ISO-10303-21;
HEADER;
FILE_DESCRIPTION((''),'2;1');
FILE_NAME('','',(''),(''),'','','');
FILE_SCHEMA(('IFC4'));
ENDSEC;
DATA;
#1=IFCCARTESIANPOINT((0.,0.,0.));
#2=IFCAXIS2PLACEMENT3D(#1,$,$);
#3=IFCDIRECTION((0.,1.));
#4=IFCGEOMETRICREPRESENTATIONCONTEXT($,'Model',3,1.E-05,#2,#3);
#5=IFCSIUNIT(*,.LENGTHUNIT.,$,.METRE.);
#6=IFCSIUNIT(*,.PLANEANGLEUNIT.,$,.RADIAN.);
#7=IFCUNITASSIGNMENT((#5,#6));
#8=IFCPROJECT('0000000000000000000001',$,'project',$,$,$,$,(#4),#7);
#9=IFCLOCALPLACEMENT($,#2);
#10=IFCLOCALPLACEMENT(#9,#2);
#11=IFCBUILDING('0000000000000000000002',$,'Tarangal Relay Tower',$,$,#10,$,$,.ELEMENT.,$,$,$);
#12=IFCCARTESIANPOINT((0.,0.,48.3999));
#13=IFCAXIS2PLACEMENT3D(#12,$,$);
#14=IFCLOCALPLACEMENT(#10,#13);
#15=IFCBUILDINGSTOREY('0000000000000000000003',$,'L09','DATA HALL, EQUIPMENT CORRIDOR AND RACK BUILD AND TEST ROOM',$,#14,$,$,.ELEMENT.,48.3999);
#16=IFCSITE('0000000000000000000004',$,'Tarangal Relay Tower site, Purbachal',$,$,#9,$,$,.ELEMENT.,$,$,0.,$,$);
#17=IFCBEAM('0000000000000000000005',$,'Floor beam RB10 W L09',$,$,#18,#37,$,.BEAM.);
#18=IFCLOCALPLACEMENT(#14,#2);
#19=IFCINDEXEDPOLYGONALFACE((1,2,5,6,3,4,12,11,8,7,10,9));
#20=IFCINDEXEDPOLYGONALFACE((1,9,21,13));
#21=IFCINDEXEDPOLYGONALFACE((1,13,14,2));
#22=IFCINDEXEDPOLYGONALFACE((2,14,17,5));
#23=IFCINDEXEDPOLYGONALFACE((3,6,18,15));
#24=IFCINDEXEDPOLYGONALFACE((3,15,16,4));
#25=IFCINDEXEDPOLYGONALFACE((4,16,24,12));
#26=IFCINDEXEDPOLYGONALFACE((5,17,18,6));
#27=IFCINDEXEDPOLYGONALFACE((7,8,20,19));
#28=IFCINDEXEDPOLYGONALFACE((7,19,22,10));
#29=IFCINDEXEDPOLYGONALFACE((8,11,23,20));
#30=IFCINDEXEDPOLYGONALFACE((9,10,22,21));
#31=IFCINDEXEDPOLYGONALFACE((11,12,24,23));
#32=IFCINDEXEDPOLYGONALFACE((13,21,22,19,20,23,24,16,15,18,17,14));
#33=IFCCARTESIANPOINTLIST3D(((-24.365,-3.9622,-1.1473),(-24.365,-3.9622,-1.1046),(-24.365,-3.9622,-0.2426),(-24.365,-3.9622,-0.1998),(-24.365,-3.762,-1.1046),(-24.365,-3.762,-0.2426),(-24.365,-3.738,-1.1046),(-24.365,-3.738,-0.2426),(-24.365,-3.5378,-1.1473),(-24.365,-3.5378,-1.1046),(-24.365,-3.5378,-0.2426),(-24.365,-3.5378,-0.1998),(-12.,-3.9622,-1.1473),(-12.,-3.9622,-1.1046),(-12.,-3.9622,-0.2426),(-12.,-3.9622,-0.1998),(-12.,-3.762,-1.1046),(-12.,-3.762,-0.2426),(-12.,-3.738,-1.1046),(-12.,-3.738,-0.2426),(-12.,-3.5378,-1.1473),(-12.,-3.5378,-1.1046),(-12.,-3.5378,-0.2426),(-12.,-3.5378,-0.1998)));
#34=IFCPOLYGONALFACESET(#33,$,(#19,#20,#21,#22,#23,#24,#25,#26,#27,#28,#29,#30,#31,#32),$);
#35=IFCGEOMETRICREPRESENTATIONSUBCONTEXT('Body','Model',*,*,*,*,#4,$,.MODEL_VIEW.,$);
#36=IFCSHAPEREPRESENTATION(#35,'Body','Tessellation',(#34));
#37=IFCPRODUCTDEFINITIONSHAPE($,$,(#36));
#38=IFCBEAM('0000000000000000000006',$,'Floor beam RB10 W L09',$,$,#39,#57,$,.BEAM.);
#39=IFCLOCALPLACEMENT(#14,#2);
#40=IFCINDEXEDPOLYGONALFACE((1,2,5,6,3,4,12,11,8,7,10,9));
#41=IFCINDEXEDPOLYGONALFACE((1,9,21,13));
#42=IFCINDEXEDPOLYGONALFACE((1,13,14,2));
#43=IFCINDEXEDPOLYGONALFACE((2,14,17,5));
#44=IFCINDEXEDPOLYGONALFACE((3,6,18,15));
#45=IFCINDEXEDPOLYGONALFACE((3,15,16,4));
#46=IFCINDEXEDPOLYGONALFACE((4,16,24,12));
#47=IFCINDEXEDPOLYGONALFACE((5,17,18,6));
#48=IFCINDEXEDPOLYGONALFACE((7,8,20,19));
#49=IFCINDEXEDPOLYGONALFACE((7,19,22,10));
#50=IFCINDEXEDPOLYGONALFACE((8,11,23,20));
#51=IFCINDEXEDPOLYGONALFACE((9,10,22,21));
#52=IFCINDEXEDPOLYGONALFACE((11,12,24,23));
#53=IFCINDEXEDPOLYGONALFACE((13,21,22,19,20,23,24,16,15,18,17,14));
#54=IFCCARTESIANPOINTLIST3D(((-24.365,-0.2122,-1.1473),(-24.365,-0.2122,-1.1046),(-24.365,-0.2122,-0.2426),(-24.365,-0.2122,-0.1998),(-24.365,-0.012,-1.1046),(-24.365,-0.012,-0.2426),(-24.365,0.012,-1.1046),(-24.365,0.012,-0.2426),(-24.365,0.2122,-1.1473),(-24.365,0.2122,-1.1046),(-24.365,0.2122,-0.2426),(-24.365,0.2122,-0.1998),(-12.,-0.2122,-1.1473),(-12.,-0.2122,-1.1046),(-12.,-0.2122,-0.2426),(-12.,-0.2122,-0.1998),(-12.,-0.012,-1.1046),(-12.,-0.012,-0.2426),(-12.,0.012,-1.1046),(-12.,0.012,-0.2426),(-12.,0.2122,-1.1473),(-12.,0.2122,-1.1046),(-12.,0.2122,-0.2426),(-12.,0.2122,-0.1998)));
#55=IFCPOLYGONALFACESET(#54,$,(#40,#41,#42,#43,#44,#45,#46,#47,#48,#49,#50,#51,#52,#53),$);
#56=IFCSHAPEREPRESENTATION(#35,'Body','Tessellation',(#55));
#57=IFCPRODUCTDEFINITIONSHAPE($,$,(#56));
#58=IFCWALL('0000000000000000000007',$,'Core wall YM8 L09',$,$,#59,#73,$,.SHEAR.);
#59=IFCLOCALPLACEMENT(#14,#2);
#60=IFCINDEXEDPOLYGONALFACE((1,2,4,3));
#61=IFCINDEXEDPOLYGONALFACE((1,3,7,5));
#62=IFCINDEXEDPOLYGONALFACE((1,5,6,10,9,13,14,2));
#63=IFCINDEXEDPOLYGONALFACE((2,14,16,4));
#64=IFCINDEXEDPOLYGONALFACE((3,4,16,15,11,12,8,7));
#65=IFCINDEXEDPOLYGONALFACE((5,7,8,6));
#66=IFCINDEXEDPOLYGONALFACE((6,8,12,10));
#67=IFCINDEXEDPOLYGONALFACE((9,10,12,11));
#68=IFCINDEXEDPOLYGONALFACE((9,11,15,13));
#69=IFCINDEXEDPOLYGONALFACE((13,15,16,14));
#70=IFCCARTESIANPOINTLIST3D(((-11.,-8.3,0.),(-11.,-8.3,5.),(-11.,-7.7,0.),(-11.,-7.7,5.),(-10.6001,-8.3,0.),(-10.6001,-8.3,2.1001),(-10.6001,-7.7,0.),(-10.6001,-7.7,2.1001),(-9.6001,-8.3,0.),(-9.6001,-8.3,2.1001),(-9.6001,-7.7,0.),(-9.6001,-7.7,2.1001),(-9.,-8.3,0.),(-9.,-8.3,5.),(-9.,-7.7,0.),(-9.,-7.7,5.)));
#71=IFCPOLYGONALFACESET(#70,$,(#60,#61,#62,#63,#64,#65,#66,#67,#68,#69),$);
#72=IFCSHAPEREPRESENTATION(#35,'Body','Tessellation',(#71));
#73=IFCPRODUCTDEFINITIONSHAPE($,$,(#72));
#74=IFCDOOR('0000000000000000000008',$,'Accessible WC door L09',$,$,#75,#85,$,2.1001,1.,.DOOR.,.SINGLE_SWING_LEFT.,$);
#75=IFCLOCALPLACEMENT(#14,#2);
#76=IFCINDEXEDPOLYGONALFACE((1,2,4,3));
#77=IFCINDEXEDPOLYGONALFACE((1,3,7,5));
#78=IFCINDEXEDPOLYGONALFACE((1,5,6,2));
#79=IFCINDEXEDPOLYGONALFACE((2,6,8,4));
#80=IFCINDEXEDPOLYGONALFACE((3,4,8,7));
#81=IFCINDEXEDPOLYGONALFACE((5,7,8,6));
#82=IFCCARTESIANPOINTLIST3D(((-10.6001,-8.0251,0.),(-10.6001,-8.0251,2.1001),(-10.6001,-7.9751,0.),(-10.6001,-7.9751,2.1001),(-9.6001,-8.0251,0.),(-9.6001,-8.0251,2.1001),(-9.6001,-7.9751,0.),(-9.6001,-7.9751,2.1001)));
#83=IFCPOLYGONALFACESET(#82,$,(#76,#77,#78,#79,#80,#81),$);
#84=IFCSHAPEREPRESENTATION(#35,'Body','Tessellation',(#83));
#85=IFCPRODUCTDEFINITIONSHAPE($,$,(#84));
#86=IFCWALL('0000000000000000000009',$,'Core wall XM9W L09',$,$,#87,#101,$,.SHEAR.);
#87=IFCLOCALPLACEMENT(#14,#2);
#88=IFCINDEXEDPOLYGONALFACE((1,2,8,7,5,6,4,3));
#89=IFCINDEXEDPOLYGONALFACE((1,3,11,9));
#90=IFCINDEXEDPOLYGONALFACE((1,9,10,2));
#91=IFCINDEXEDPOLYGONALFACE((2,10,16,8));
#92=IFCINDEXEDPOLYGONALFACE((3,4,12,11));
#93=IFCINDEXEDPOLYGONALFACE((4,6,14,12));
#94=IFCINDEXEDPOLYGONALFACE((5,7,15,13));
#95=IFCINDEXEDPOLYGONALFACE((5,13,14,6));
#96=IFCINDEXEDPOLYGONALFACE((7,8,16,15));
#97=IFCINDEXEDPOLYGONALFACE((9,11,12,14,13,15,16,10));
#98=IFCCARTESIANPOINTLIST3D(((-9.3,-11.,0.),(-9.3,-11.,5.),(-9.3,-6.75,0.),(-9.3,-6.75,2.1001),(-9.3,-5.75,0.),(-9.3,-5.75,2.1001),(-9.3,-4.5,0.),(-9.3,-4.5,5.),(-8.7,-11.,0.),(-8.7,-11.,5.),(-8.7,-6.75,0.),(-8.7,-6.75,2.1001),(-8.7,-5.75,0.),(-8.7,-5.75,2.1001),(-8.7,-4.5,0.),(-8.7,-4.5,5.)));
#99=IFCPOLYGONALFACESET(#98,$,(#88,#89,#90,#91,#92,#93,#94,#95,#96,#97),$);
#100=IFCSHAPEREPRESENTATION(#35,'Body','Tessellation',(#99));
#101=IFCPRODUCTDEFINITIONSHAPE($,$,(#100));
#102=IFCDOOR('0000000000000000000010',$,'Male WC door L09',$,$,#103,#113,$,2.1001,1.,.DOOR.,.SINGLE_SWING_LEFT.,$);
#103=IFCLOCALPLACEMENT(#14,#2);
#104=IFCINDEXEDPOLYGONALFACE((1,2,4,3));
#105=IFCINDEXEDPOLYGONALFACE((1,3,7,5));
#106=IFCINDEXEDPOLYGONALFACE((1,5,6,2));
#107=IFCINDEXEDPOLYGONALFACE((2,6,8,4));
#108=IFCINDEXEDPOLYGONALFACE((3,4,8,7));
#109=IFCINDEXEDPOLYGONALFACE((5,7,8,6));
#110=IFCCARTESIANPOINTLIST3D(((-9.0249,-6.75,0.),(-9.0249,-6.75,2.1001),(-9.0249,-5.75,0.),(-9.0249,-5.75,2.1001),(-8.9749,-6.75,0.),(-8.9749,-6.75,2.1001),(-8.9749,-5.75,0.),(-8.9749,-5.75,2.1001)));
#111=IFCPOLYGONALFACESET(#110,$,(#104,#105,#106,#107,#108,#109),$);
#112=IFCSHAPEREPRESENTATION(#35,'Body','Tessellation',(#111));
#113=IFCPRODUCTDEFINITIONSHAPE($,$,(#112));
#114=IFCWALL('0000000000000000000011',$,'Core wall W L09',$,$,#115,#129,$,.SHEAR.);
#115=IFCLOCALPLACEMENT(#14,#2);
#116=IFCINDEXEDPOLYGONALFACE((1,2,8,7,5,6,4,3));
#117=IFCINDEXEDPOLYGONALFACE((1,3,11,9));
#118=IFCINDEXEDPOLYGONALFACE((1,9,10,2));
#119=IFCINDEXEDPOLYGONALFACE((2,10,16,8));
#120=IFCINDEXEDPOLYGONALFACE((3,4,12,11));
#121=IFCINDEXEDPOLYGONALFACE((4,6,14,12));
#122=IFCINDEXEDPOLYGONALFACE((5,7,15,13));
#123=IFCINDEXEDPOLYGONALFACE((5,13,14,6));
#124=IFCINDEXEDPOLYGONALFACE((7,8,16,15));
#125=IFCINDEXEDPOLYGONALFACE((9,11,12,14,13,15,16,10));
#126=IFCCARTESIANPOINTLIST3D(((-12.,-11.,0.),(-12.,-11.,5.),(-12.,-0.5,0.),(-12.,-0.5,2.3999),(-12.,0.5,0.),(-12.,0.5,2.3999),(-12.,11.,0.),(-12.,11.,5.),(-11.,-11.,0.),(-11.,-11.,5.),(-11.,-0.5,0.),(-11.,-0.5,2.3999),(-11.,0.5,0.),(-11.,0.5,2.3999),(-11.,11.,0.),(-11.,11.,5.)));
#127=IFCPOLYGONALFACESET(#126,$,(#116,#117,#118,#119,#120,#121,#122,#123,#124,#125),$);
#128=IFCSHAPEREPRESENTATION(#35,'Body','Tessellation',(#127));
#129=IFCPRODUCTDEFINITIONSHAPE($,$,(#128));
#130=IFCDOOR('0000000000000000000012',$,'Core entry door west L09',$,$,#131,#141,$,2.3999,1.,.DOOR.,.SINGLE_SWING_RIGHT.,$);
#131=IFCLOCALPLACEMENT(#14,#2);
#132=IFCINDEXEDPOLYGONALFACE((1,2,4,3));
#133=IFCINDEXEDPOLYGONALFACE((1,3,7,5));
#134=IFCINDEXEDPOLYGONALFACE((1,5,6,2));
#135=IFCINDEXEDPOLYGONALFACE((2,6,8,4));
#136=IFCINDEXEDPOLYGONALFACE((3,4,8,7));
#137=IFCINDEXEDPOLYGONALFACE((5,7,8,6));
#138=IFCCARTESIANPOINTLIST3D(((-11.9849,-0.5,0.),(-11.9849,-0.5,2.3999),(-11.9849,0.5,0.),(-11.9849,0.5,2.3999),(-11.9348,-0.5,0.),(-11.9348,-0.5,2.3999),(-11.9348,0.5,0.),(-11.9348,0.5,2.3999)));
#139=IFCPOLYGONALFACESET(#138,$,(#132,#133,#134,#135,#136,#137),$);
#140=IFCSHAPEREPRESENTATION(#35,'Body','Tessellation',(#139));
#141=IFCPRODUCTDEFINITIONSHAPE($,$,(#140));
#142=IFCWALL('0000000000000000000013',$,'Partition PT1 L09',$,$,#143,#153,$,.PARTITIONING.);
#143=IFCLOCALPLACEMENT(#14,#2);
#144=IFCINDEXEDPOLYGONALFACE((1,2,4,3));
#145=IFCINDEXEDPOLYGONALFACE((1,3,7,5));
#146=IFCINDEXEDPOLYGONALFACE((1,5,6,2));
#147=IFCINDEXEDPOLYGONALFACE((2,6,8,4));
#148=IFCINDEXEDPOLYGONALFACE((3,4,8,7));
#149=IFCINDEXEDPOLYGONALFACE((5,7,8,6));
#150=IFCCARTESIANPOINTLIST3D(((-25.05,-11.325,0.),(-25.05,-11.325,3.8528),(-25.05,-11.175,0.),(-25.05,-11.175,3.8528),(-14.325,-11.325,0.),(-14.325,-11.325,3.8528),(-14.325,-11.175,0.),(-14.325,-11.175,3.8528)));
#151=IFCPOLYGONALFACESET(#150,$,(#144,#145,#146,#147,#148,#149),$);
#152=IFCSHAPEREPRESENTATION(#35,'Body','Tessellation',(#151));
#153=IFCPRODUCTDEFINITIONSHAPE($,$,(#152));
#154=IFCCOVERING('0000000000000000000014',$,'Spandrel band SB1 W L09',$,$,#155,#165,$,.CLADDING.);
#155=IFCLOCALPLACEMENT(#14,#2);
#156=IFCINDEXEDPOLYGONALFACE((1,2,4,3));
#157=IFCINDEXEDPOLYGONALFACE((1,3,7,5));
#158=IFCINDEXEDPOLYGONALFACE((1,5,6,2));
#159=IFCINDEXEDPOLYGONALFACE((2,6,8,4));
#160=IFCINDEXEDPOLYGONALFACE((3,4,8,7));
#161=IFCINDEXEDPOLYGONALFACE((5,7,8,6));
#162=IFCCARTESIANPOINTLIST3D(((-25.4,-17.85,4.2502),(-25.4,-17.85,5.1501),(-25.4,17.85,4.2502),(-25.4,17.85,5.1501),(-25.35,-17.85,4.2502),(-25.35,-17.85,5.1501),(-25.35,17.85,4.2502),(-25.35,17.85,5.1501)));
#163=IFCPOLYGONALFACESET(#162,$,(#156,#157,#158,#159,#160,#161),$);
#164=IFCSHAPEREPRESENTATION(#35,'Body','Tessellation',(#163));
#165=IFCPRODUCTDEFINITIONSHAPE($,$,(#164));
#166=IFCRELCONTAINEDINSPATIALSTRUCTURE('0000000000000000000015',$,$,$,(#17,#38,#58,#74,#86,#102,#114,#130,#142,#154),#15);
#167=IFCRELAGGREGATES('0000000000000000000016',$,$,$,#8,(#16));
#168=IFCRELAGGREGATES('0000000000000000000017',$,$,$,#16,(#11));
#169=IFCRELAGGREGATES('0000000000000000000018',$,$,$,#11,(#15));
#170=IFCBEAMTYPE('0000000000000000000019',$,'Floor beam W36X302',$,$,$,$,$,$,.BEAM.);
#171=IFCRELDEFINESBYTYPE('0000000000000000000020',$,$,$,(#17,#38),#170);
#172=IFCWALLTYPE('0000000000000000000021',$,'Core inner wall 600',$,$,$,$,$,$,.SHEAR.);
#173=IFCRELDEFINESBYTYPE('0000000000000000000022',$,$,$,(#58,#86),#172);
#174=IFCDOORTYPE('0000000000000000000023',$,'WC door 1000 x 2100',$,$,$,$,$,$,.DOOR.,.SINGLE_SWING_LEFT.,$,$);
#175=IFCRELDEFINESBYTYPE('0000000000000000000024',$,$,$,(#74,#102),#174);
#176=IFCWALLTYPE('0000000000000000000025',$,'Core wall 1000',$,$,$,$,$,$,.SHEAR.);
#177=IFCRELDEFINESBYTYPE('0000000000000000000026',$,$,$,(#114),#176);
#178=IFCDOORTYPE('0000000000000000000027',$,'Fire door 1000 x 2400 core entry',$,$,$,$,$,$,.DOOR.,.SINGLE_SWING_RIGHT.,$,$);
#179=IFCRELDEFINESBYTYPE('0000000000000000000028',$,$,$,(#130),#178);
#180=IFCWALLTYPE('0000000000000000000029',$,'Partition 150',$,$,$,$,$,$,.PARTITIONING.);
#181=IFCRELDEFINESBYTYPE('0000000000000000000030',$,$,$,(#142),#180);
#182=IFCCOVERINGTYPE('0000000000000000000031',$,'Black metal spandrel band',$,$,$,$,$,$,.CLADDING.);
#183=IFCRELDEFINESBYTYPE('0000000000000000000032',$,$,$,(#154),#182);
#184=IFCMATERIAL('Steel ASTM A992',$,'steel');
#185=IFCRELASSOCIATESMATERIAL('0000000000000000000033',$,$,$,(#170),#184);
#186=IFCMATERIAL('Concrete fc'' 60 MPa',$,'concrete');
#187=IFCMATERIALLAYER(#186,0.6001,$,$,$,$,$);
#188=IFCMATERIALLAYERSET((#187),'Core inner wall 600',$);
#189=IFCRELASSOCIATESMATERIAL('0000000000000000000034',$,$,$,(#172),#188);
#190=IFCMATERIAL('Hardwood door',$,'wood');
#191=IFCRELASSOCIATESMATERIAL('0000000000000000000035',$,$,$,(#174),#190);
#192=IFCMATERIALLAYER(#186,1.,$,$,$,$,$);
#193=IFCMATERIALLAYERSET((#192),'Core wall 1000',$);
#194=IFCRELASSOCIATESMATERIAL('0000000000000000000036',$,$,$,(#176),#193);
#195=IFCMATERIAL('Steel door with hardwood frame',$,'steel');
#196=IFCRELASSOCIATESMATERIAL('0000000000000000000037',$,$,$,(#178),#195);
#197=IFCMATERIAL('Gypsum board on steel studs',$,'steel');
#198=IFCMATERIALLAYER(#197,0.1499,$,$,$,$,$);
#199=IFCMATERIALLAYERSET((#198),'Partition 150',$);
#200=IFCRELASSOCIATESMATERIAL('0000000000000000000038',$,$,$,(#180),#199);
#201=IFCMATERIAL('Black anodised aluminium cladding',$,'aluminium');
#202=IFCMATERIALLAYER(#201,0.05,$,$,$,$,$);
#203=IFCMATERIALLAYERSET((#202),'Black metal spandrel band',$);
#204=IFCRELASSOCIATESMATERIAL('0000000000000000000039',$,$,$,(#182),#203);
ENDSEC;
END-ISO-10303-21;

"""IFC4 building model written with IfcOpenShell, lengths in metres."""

from ifc_helpers import new_model, si_unit, direction, frame, frame_2d, origin, origin_2d, place, context, subcontext, project, spatial, rectangle, i_section, extrude, material, layer, layer_set, material_profile, profile_set, type_object, element, fill, save


model = new_model("IFC4")

# Units and contexts
model_context = context("Model", 3, precision=1e-05, world=origin(), true_north=direction((0.0, 1.0)))
body_context = subcontext(model_context, "Body", "Model", "MODEL_VIEW")
ifc_project = project(units=[si_unit("LENGTHUNIT", "METRE"), si_unit("PLANEANGLEUNIT", "RADIAN")], contexts=[model_context])

# Site, building, storey
site_placement = place(None, origin())
site = spatial("IfcSite", under=ifc_project, at=site_placement, Name="Tarangal Relay Tower site, Purbachal", CompositionType="ELEMENT", RefElevation=0.0)
building_placement = place(site_placement, origin())
building = spatial("IfcBuilding", under=site, at=building_placement, Name="Tarangal Relay Tower", CompositionType="ELEMENT")
storey_placement = place(building_placement, frame((0.0, 0.0, 48.3999)))
storey = spatial("IfcBuildingStorey", under=building, at=storey_placement, Name="L09", Description="DATA HALL, EQUIPMENT CORRIDOR AND RACK BUILD AND TEST ROOM", CompositionType="ELEMENT", Elevation=48.3999)

# Beams
ifc_material_1 = material(Name="Steel ASTM A992", Category="steel")
ifc_material_profile_1 = material_profile(ifc_material_1, i_section(OverallWidth=0.4243, OverallDepth=0.9475, WebThickness=0.0239, FlangeThickness=0.0427, at=origin_2d()), Name="W36X302")
ifc_profile_set_1 = profile_set([ifc_material_profile_1], Name="Steel ASTM A992")
beam_type_1 = type_object("IfcBeamType", Name="Floor beam W36X302", PredefinedType="BEAM", material=ifc_profile_set_1)
for number, where, z_axis, x_axis, name in (
    (1, (-12.0, -3.75, -0.6736), (-1.0, 0.0, 0.0), (0.0, -1.0, 0.0), "Floor beam RB10 W L09"),
    (2, (-12.0, 0.0, -0.6736), (-1.0, 0.0, 0.0), (0.0, -1.0, 0.0), "Floor beam RB10 W L09"),
):
    element("IfcBeam", number, at=place(storey_placement, frame(where, z_axis=z_axis, x_axis=x_axis)), inside=storey, type_object=beam_type_1, Name=name, PredefinedType="BEAM", context=body_context, shape_type="SweptSolid", body=[
        extrude(i_section(OverallWidth=0.4243, OverallDepth=0.9475, WebThickness=0.0239, FlangeThickness=0.0427, at=origin_2d()), origin(), (0.0, 0.0, 1.0), 12.365),
    ])

# Walls, openings, doors
ifc_material_2 = material(Name="Concrete fc' 60 MPa", Category="concrete")
ifc_layer_1 = layer(ifc_material_2, 0.6001)
ifc_layer_set_1 = layer_set([ifc_layer_1], Name="Core inner wall 600")
wall_type_1 = type_object("IfcWallType", Name="Core inner wall 600", PredefinedType="SHEAR", material=ifc_layer_set_1)
wall_1_placement = place(storey_placement, frame((-11.0, -8.0, 0.0), z_axis=(0.0, 0.0, 1.0), x_axis=(1.0, 0.0, 0.0)))
wall_1 = element("IfcWall", 3, at=wall_1_placement, inside=storey, type_object=wall_type_1, Name="Core wall YM8 L09", PredefinedType="SHEAR", context=body_context, shape_type="SweptSolid", body=[
    extrude(rectangle(XDim=2.0, YDim=0.6001, at=frame_2d((1.0, 0.0))), origin(), (0.0, 0.0, 1.0), 5.0),
])
opening_1_placement = place(wall_1_placement, frame((0.3999, 0.0, 0.0)))
opening_1 = element("IfcOpeningElement", 4, at=opening_1_placement, cuts=wall_1, PredefinedType="OPENING", context=body_context, shape_type="SweptSolid", body=[
    extrude(rectangle(XDim=1.0, YDim=2.1001, at=frame_2d((0.5, 1.05))), frame((0.0, 0.3101, 0.0), z_axis=(0.0, -1.0, 0.0), x_axis=(1.0, 0.0, 0.0)), (0.0, 0.0, 1.0), 0.6201),
])
ifc_material_3 = material(Name="Hardwood door", Category="wood")
door_type_1 = type_object("IfcDoorType", Name="WC door 1000 x 2100", OperationType="SINGLE_SWING_LEFT", PredefinedType="DOOR", material=ifc_material_3)
door_1_placement = place(opening_1_placement, origin())
door_1 = element("IfcDoor", 5, at=door_1_placement, inside=storey, type_object=door_type_1, Name="Accessible WC door L09", OperationType="SINGLE_SWING_LEFT", OverallHeight=2.1001, OverallWidth=1.0, PredefinedType="DOOR", context=body_context, shape_type="SweptSolid", body=[
    extrude(rectangle(XDim=1.0, YDim=2.1001, at=frame_2d((0.5, 1.05))), frame((0.0, 0.0249, 0.0), z_axis=(0.0, -1.0, 0.0), x_axis=(1.0, 0.0, 0.0)), (0.0, 0.0, 1.0), 0.05),
])
fill(opening_1, door_1)
wall_2_placement = place(storey_placement, frame((-9.0, -11.0, 0.0), z_axis=(0.0, 0.0, 1.0), x_axis=(0.0, 1.0, 0.0)))
wall_2 = element("IfcWall", 6, at=wall_2_placement, inside=storey, type_object=wall_type_1, Name="Core wall XM9W L09", PredefinedType="SHEAR", context=body_context, shape_type="SweptSolid", body=[
    extrude(rectangle(XDim=6.5, YDim=0.6001, at=frame_2d((3.25, 0.0))), origin(), (0.0, 0.0, 1.0), 5.0),
])
opening_2_placement = place(wall_2_placement, frame((4.25, 0.0, 0.0)))
opening_2 = element("IfcOpeningElement", 7, at=opening_2_placement, cuts=wall_2, PredefinedType="OPENING", context=body_context, shape_type="SweptSolid", body=[
    extrude(rectangle(XDim=1.0, YDim=2.1001, at=frame_2d((0.5, 1.05))), frame((0.0, 0.3101, 0.0), z_axis=(0.0, -1.0, 0.0), x_axis=(1.0, 0.0, 0.0)), (0.0, 0.0, 1.0), 0.6201),
])
door_2_placement = place(opening_2_placement, origin())
door_2 = element("IfcDoor", 8, at=door_2_placement, inside=storey, type_object=door_type_1, Name="Male WC door L09", OperationType="SINGLE_SWING_LEFT", OverallHeight=2.1001, OverallWidth=1.0, PredefinedType="DOOR", context=body_context, shape_type="SweptSolid", body=[
    extrude(rectangle(XDim=1.0, YDim=2.1001, at=frame_2d((0.5, 1.05))), frame((0.0, 0.0249, 0.0), z_axis=(0.0, -1.0, 0.0), x_axis=(1.0, 0.0, 0.0)), (0.0, 0.0, 1.0), 0.05),
])
fill(opening_2, door_2)
ifc_layer_2 = layer(ifc_material_2, 1.0)
ifc_layer_set_2 = layer_set([ifc_layer_2], Name="Core wall 1000")
wall_type_2 = type_object("IfcWallType", Name="Core wall 1000", PredefinedType="SHEAR", material=ifc_layer_set_2)
wall_3_placement = place(storey_placement, frame((-11.5, -11.0, 0.0), z_axis=(0.0, 0.0, 1.0), x_axis=(0.0, 1.0, 0.0)))
wall_3 = element("IfcWall", 9, at=wall_3_placement, inside=storey, type_object=wall_type_2, Name="Core wall W L09", PredefinedType="SHEAR", context=body_context, shape_type="SweptSolid", body=[
    extrude(rectangle(XDim=22.0, YDim=1.0, at=frame_2d((11.0, 0.0))), origin(), (0.0, 0.0, 1.0), 5.0),
])
opening_3_placement = place(wall_3_placement, frame((10.5, 0.0, 0.0)))
opening_3 = element("IfcOpeningElement", 10, at=opening_3_placement, cuts=wall_3, PredefinedType="OPENING", context=body_context, shape_type="SweptSolid", body=[
    extrude(rectangle(XDim=1.0, YDim=2.3999, at=frame_2d((0.5, 1.2))), frame((0.0, 0.51, 0.0), z_axis=(0.0, -1.0, 0.0), x_axis=(1.0, 0.0, 0.0)), (0.0, 0.0, 1.0), 1.02),
])
ifc_material_4 = material(Name="Steel door with hardwood frame", Category="steel")
door_type_2 = type_object("IfcDoorType", Name="Fire door 1000 x 2400 core entry", OperationType="SINGLE_SWING_RIGHT", PredefinedType="DOOR", material=ifc_material_4)
door_3_placement = place(opening_3_placement, origin())
door_3 = element("IfcDoor", 11, at=door_3_placement, inside=storey, type_object=door_type_2, Name="Core entry door west L09", OperationType="SINGLE_SWING_RIGHT", OverallHeight=2.3999, OverallWidth=1.0, PredefinedType="DOOR", context=body_context, shape_type="SweptSolid", body=[
    extrude(rectangle(XDim=1.0, YDim=2.3999, at=frame_2d((0.5, 1.2))), frame((0.0, 0.4849, 0.0), z_axis=(0.0, -1.0, 0.0), x_axis=(1.0, 0.0, 0.0)), (0.0, 0.0, 1.0), 0.05),
])
fill(opening_3, door_3)

# Wall
ifc_material_5 = material(Name="Gypsum board on steel studs", Category="steel")
ifc_layer_3 = layer(ifc_material_5, 0.1499)
ifc_layer_set_3 = layer_set([ifc_layer_3], Name="Partition 150")
wall_type_3 = type_object("IfcWallType", Name="Partition 150", PredefinedType="PARTITIONING", material=ifc_layer_set_3)
wall_4_placement = place(storey_placement, frame((-25.05, -11.25, 0.0), z_axis=(0.0, 0.0, 1.0), x_axis=(1.0, 0.0, 0.0)))
element("IfcWall", 12, at=wall_4_placement, inside=storey, type_object=wall_type_3, Name="Partition PT1 L09", PredefinedType="PARTITIONING", context=body_context, shape_type="SweptSolid", body=[
    extrude(rectangle(XDim=10.7251, YDim=0.1499, at=frame_2d((5.3625, 0.0))), origin(), (0.0, 0.0, 1.0), 3.8528),
])

# Covering
ifc_material_6 = material(Name="Black anodised aluminium cladding", Category="aluminium")
ifc_layer_4 = layer(ifc_material_6, 0.05)
ifc_layer_set_4 = layer_set([ifc_layer_4], Name="Black metal spandrel band")
covering_type = type_object("IfcCoveringType", Name="Black metal spandrel band", PredefinedType="CLADDING", material=ifc_layer_set_4)
covering_placement = place(storey_placement, frame((-25.375, 0.0, 4.2502), z_axis=(0.0, 0.0, 1.0), x_axis=(0.0, 1.0, 0.0)))
element("IfcCovering", 13, at=covering_placement, inside=storey, type_object=covering_type, Name="Spandrel band SB1 W L09", PredefinedType="CLADDING", context=body_context, shape_type="SweptSolid", body=[
    extrude(rectangle(XDim=35.7, YDim=0.05, at=origin_2d()), origin(), (0.0, 0.0, 1.0), 0.8999),
])

save(model, "model.ifc")
